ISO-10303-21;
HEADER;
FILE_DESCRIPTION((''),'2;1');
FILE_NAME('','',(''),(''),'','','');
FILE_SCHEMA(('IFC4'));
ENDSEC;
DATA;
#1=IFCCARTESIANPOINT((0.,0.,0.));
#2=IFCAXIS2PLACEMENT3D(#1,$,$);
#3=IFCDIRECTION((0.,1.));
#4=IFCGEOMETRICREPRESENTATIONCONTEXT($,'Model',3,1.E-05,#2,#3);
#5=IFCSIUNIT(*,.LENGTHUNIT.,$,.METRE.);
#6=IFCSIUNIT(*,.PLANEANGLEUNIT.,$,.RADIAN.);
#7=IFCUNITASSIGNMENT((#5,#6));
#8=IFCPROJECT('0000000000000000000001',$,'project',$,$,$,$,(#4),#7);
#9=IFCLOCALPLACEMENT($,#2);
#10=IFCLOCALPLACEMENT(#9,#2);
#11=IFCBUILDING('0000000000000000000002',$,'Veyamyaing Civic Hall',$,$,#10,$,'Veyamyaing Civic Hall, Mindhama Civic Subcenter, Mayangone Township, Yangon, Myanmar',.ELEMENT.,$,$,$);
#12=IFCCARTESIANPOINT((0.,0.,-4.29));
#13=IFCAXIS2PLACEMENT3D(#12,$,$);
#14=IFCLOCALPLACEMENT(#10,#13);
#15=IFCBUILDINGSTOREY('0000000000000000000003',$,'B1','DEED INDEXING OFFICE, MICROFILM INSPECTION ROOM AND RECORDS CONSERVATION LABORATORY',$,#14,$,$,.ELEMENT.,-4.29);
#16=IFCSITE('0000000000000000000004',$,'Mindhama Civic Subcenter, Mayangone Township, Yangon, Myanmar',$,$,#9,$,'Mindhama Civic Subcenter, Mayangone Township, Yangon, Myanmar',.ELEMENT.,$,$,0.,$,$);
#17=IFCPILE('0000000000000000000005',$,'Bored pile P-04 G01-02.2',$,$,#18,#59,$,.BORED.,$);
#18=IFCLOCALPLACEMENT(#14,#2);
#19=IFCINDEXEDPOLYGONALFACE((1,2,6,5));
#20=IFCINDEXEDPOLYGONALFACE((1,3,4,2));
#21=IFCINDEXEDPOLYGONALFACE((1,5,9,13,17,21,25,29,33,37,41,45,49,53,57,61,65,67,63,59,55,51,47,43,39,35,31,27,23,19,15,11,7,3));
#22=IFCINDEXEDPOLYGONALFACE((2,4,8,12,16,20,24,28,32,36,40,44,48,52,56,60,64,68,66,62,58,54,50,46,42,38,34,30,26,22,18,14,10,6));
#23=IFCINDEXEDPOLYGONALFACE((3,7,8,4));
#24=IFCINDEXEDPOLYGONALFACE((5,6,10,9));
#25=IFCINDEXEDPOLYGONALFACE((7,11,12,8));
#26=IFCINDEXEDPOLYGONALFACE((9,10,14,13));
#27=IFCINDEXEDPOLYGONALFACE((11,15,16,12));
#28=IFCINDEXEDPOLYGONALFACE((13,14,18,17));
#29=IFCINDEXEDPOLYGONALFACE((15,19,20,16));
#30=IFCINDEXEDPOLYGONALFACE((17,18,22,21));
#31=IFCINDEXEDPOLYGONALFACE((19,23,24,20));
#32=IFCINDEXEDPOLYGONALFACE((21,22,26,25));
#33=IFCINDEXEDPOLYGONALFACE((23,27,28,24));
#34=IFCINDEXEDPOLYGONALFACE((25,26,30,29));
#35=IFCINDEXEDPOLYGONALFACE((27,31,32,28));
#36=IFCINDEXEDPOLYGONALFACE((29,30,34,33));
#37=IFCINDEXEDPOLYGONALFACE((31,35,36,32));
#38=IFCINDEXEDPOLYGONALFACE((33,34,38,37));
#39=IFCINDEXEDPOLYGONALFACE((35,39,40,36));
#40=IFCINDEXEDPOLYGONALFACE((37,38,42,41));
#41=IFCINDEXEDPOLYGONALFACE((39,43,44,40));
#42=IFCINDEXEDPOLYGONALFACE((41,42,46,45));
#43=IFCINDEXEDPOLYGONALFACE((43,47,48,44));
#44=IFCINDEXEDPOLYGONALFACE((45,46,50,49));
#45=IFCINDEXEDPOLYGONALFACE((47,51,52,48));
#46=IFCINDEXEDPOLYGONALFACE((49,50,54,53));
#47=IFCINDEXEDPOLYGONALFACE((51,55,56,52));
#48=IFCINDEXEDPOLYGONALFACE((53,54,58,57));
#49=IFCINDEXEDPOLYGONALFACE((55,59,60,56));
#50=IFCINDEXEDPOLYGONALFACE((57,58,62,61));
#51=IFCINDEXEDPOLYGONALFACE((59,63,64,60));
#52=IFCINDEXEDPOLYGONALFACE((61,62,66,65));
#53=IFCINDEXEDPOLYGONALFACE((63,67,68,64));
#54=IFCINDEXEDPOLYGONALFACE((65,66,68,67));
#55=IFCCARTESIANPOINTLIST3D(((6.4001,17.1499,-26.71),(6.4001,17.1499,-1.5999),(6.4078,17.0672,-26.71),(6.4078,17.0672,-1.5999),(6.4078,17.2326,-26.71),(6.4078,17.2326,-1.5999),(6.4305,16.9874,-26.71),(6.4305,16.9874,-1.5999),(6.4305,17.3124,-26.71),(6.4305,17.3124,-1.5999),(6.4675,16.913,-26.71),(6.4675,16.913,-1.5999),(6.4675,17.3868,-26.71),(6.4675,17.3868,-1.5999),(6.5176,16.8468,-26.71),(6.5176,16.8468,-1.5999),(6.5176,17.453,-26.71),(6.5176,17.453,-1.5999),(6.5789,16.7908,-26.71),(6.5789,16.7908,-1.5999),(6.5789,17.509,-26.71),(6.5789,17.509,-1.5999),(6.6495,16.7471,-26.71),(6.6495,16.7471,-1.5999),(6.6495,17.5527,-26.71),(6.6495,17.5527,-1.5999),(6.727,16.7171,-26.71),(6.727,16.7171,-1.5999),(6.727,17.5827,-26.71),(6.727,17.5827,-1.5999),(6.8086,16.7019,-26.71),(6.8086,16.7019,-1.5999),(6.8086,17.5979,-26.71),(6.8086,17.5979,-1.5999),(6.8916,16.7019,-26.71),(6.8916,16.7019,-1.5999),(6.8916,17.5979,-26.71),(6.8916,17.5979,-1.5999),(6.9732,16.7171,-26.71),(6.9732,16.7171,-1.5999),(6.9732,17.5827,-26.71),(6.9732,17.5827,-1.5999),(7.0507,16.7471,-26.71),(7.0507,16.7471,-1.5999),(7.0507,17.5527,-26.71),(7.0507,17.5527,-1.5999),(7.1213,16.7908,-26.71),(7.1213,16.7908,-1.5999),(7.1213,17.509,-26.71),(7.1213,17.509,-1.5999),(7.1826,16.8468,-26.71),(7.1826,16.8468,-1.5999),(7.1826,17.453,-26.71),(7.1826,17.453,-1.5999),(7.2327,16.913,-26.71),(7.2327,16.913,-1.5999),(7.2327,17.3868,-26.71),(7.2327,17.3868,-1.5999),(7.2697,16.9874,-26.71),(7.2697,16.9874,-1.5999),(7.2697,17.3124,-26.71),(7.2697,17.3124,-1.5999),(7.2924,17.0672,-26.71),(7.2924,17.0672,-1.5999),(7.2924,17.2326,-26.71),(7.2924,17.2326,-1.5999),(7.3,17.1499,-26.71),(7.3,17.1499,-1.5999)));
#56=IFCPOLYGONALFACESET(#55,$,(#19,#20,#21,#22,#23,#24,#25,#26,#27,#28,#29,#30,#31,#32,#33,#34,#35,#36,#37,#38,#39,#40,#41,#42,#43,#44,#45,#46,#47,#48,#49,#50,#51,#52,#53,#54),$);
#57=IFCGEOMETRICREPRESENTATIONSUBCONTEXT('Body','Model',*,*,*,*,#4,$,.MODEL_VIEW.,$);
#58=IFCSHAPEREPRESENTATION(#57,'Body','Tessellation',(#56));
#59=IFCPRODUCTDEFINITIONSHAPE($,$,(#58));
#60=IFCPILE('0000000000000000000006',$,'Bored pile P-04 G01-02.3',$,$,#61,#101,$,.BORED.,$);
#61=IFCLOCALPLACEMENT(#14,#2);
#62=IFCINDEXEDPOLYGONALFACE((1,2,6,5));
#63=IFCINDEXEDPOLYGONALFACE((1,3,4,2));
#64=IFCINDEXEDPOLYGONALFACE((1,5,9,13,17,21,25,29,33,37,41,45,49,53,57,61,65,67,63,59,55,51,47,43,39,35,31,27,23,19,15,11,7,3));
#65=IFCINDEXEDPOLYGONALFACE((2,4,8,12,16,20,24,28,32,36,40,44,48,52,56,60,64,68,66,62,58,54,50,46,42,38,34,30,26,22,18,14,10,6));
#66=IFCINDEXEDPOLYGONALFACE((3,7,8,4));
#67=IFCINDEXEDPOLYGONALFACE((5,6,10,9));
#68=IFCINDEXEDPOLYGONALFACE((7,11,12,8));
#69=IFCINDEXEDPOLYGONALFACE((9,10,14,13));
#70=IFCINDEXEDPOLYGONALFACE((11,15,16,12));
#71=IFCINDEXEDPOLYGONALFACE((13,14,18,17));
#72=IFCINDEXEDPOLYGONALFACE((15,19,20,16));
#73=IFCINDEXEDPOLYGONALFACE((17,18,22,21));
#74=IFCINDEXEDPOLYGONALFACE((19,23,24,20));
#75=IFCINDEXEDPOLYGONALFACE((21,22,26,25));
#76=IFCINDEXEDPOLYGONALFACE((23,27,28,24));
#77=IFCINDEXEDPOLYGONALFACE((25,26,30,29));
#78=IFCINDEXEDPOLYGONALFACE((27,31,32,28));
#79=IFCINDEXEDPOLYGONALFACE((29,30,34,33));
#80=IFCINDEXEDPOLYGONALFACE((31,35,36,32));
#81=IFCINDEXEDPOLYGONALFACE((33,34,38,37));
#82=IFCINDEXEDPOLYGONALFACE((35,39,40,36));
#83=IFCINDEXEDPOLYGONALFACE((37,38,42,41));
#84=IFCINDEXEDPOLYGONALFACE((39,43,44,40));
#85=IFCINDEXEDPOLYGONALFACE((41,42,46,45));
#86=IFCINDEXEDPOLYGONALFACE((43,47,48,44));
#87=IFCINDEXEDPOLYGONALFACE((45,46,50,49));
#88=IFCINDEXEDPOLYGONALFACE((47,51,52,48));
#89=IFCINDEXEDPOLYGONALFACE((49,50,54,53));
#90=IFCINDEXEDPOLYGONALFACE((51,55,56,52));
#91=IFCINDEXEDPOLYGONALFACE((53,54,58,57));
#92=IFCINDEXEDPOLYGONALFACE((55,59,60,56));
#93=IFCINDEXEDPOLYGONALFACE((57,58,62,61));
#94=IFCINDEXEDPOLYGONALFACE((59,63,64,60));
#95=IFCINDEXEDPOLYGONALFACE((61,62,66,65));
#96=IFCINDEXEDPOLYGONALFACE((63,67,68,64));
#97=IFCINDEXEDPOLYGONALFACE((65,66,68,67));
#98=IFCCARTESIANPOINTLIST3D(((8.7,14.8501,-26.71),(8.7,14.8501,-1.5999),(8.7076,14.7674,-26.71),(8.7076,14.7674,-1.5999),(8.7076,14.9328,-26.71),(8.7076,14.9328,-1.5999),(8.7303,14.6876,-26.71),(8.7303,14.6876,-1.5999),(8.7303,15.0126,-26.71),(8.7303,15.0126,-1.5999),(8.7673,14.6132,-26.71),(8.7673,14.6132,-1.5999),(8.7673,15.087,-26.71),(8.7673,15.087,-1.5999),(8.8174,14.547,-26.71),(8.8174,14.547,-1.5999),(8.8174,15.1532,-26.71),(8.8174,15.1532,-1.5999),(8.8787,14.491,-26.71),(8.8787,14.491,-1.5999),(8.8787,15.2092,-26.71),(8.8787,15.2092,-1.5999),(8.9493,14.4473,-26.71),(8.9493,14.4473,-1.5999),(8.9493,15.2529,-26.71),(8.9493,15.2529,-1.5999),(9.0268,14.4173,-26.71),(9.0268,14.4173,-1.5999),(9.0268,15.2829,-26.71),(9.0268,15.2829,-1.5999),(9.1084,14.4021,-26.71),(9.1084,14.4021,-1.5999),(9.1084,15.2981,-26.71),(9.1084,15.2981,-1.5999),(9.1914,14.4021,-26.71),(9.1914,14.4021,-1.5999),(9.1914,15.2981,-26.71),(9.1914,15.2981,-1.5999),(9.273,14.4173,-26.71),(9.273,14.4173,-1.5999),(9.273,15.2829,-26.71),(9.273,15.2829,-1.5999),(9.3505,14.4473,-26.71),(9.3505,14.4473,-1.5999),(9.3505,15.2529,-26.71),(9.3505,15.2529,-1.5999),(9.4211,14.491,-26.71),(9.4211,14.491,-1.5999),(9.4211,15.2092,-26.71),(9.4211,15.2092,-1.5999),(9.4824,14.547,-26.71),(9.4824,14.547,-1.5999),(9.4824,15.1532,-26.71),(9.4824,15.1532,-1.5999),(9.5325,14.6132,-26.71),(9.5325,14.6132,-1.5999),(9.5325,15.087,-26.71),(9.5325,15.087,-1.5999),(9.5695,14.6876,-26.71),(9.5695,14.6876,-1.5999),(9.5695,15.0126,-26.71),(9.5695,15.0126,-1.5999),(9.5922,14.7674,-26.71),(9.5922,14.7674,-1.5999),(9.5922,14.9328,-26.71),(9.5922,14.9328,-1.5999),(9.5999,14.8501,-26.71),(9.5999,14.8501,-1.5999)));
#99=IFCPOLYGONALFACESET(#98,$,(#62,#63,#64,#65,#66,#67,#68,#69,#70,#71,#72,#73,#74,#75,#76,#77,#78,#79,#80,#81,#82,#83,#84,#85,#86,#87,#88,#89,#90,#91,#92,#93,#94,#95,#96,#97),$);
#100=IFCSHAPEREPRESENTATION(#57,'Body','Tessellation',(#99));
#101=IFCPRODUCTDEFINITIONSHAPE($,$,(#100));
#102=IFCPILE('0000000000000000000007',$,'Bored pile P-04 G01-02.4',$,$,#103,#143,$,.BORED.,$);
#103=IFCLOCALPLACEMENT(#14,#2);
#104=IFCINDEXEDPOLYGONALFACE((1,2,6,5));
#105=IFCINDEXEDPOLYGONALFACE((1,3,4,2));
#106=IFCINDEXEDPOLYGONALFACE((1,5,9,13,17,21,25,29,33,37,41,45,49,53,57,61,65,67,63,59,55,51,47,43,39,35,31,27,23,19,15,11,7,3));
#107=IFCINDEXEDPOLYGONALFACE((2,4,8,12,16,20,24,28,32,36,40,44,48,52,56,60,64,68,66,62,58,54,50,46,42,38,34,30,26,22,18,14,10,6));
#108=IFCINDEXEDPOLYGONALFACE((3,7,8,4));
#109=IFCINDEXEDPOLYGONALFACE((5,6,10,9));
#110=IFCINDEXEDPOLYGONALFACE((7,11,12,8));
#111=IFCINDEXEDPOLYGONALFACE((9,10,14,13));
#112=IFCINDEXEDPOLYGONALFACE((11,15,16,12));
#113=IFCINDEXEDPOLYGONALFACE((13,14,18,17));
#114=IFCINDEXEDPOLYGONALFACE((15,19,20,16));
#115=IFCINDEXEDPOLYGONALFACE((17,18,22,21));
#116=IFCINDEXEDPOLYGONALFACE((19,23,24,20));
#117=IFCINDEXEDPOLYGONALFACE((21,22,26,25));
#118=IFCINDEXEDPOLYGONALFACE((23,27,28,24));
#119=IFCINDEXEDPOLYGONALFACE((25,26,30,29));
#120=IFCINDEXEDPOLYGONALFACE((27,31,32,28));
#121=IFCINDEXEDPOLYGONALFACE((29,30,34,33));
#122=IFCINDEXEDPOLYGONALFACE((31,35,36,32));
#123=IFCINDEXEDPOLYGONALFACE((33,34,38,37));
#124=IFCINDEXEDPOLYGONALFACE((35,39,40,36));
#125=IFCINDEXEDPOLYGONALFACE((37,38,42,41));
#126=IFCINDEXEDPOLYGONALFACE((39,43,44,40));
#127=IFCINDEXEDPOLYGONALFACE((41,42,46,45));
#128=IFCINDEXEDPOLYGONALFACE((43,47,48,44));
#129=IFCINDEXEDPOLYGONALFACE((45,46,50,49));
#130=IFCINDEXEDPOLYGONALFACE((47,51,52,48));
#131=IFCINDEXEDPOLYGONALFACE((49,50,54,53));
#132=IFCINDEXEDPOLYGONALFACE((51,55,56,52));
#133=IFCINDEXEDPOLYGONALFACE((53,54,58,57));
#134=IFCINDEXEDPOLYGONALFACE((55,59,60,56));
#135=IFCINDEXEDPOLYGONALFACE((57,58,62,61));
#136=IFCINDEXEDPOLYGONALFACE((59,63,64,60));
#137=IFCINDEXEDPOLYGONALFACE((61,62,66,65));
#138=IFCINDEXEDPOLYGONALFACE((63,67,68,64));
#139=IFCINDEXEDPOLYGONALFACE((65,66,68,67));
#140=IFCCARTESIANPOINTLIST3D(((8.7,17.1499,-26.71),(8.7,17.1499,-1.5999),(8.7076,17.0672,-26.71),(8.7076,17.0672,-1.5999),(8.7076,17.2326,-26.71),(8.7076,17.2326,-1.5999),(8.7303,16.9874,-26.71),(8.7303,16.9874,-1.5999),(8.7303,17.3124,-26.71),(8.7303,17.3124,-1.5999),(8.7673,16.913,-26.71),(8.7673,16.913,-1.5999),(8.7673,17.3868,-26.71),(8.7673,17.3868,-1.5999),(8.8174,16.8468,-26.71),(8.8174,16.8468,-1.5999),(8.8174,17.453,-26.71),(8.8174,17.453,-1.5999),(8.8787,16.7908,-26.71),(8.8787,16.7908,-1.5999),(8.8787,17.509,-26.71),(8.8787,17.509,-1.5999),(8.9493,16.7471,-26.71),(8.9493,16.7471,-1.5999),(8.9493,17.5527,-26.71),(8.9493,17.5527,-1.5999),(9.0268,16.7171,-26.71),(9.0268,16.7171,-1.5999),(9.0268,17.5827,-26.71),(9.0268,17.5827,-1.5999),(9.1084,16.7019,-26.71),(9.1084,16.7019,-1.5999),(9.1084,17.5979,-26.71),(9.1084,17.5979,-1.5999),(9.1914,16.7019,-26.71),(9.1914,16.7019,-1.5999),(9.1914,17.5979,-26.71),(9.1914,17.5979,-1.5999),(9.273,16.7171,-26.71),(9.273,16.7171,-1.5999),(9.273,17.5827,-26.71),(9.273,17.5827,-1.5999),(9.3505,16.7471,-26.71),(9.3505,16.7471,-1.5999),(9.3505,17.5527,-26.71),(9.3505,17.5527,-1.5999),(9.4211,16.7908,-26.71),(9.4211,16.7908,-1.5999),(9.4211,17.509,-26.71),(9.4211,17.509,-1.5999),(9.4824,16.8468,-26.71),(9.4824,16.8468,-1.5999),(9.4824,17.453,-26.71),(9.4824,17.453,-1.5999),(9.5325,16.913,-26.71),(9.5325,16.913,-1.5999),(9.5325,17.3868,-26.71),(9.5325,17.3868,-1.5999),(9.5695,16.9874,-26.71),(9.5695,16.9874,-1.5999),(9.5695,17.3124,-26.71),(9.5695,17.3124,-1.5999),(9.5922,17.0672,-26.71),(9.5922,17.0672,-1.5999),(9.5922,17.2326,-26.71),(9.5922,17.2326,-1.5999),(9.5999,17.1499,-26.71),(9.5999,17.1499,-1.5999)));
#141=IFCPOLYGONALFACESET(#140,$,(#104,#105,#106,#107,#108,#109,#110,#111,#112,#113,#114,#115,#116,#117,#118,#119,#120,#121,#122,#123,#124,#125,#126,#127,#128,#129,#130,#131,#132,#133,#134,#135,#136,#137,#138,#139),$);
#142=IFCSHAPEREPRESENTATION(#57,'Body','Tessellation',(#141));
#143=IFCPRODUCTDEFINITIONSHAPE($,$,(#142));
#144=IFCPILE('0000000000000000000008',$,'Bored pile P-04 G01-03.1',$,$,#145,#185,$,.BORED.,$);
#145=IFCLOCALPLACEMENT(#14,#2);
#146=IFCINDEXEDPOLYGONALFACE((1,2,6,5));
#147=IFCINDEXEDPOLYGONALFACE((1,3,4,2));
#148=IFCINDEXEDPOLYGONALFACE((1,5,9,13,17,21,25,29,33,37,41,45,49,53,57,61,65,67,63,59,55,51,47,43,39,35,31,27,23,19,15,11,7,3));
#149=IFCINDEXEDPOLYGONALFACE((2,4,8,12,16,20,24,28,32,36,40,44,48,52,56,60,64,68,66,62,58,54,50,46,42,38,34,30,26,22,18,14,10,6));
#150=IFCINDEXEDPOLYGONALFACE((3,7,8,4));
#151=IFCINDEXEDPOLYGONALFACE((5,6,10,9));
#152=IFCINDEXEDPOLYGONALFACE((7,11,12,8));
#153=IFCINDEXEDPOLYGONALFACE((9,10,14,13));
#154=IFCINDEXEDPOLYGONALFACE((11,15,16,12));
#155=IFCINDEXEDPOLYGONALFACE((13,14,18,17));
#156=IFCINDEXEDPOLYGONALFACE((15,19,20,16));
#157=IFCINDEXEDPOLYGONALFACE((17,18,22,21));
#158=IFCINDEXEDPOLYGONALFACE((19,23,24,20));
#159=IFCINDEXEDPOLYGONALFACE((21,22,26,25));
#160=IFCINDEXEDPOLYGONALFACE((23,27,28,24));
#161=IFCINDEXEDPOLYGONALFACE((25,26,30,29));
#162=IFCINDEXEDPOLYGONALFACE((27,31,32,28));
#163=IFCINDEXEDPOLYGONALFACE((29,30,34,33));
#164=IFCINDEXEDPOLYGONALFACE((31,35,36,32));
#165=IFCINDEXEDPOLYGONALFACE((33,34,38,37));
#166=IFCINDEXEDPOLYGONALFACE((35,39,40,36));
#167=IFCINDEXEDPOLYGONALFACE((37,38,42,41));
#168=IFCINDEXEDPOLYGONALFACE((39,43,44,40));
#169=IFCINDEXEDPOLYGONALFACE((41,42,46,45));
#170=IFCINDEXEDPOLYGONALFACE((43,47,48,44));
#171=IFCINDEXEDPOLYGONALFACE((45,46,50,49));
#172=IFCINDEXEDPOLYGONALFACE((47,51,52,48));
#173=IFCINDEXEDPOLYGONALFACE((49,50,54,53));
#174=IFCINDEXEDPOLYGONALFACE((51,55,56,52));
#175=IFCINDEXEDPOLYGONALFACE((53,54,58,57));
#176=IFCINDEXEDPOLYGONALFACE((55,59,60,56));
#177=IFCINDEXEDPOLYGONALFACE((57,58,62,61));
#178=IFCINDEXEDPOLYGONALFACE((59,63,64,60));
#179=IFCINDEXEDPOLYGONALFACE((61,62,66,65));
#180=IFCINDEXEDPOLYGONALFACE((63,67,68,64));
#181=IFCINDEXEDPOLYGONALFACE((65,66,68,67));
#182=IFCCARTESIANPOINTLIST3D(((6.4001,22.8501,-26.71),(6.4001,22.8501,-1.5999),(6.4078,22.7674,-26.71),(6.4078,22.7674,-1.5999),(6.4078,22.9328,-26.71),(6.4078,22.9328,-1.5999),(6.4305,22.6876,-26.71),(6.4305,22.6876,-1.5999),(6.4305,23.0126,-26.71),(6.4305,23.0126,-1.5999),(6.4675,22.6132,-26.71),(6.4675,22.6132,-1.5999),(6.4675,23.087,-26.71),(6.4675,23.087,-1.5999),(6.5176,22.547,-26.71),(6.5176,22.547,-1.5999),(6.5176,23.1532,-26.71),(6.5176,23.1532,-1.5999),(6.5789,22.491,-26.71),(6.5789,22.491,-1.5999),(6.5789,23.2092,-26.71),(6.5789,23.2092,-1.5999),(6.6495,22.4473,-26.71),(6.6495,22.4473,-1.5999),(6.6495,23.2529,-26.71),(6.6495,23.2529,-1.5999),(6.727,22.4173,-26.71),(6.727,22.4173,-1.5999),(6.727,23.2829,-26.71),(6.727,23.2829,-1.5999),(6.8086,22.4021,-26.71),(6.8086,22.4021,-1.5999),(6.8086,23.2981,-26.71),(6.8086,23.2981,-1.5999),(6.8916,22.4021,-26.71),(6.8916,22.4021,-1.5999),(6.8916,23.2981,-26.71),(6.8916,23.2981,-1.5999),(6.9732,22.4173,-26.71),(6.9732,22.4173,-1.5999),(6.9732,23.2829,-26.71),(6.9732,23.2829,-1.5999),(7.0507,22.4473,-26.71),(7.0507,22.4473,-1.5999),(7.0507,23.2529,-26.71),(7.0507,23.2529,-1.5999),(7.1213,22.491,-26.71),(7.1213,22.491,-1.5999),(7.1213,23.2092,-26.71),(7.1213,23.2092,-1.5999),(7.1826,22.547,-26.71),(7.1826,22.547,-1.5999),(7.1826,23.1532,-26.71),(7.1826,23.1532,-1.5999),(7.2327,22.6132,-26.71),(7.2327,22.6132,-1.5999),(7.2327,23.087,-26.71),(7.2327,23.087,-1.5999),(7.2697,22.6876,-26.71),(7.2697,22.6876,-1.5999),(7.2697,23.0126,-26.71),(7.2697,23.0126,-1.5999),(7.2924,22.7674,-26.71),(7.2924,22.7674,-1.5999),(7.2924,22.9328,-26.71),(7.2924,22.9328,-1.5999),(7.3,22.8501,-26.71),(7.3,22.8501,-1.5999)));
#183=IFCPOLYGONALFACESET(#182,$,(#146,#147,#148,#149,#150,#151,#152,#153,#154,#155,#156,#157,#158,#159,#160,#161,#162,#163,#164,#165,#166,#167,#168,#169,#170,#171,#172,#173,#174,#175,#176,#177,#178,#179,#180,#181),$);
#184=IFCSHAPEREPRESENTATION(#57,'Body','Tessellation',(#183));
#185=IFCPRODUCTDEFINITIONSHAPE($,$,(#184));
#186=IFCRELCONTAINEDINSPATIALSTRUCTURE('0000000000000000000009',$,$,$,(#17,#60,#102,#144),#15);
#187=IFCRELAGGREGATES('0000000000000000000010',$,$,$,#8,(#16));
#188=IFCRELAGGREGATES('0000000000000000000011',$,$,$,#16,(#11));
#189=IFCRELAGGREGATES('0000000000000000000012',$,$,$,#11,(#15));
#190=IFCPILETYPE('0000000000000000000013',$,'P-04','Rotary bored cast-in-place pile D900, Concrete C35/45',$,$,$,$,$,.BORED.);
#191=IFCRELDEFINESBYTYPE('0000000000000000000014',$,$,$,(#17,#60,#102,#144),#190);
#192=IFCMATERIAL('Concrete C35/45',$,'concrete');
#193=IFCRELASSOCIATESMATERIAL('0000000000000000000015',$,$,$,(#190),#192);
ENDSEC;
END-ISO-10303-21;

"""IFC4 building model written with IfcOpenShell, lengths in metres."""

from ifc_helpers import new_model, si_unit, direction, frame, origin, origin_2d, place, context, subcontext, project, spatial, circle, extrude, material, material_profile, profile_set, type_object, element, save


model = new_model("IFC4")

# Units and contexts
model_context = context("Model", 3, precision=1e-05, world=origin(), true_north=direction((0.0, 1.0)))
body_context = subcontext(model_context, "Body", "Model", "MODEL_VIEW")
ifc_project = project(units=[si_unit("LENGTHUNIT", "METRE"), si_unit("PLANEANGLEUNIT", "RADIAN")], contexts=[model_context])

# Site, building, storey
site_placement = place(None, origin())
site = spatial("IfcSite", under=ifc_project, at=site_placement, Name="Mindhama Civic Subcenter, Mayangone Township, Yangon, Myanmar", LongName="Mindhama Civic Subcenter, Mayangone Township, Yangon, Myanmar", CompositionType="ELEMENT", RefElevation=0.0)
building_placement = place(site_placement, origin())
building = spatial("IfcBuilding", under=site, at=building_placement, Name="Veyamyaing Civic Hall", LongName="Veyamyaing Civic Hall, Mindhama Civic Subcenter, Mayangone Township, Yangon, Myanmar", CompositionType="ELEMENT")
storey_placement = place(building_placement, frame((0.0, 0.0, -4.29)))
storey = spatial("IfcBuildingStorey", under=building, at=storey_placement, Name="B1", Description="DEED INDEXING OFFICE, MICROFILM INSPECTION ROOM AND RECORDS CONSERVATION LABORATORY", CompositionType="ELEMENT", Elevation=-4.29)

# Piles
ifc_material_1 = material(Name="Concrete C35/45", Category="concrete")
ifc_material_profile_1 = material_profile(ifc_material_1, circle(Radius=0.45, at=origin_2d()), Name="PILE-D900")
ifc_profile_set_1 = profile_set([ifc_material_profile_1], Name="Concrete C35/45")
pile_type_1 = type_object("IfcPileType", Name="P-04", Description="Rotary bored cast-in-place pile D900, Concrete C35/45", PredefinedType="BORED", material=ifc_profile_set_1)
for number, where, z_axis, x_axis, name in (
    (1, (6.8501, 17.1499, -1.5999), (0.0, 0.0, -1.0), (1.0, 0.0, 0.0), "Bored pile P-04 G01-02.2"),
    (2, (9.1499, 14.8501, -1.5999), (0.0, 0.0, -1.0), (1.0, 0.0, 0.0), "Bored pile P-04 G01-02.3"),
    (3, (9.1499, 17.1499, -1.5999), (0.0, 0.0, -1.0), (1.0, 0.0, 0.0), "Bored pile P-04 G01-02.4"),
    (4, (6.8501, 22.8501, -1.5999), (0.0, 0.0, -1.0), (1.0, 0.0, 0.0), "Bored pile P-04 G01-03.1"),
):
    element("IfcPile", number, at=place(storey_placement, frame(where, z_axis=z_axis, x_axis=x_axis)), inside=storey, type_object=pile_type_1, Name=name, PredefinedType="BORED", context=body_context, shape_type="SweptSolid", body=[
        extrude(circle(Radius=0.45, at=origin_2d()), origin(), (0.0, 0.0, 1.0), 25.1101),
    ])

save(model, "model.ifc")
